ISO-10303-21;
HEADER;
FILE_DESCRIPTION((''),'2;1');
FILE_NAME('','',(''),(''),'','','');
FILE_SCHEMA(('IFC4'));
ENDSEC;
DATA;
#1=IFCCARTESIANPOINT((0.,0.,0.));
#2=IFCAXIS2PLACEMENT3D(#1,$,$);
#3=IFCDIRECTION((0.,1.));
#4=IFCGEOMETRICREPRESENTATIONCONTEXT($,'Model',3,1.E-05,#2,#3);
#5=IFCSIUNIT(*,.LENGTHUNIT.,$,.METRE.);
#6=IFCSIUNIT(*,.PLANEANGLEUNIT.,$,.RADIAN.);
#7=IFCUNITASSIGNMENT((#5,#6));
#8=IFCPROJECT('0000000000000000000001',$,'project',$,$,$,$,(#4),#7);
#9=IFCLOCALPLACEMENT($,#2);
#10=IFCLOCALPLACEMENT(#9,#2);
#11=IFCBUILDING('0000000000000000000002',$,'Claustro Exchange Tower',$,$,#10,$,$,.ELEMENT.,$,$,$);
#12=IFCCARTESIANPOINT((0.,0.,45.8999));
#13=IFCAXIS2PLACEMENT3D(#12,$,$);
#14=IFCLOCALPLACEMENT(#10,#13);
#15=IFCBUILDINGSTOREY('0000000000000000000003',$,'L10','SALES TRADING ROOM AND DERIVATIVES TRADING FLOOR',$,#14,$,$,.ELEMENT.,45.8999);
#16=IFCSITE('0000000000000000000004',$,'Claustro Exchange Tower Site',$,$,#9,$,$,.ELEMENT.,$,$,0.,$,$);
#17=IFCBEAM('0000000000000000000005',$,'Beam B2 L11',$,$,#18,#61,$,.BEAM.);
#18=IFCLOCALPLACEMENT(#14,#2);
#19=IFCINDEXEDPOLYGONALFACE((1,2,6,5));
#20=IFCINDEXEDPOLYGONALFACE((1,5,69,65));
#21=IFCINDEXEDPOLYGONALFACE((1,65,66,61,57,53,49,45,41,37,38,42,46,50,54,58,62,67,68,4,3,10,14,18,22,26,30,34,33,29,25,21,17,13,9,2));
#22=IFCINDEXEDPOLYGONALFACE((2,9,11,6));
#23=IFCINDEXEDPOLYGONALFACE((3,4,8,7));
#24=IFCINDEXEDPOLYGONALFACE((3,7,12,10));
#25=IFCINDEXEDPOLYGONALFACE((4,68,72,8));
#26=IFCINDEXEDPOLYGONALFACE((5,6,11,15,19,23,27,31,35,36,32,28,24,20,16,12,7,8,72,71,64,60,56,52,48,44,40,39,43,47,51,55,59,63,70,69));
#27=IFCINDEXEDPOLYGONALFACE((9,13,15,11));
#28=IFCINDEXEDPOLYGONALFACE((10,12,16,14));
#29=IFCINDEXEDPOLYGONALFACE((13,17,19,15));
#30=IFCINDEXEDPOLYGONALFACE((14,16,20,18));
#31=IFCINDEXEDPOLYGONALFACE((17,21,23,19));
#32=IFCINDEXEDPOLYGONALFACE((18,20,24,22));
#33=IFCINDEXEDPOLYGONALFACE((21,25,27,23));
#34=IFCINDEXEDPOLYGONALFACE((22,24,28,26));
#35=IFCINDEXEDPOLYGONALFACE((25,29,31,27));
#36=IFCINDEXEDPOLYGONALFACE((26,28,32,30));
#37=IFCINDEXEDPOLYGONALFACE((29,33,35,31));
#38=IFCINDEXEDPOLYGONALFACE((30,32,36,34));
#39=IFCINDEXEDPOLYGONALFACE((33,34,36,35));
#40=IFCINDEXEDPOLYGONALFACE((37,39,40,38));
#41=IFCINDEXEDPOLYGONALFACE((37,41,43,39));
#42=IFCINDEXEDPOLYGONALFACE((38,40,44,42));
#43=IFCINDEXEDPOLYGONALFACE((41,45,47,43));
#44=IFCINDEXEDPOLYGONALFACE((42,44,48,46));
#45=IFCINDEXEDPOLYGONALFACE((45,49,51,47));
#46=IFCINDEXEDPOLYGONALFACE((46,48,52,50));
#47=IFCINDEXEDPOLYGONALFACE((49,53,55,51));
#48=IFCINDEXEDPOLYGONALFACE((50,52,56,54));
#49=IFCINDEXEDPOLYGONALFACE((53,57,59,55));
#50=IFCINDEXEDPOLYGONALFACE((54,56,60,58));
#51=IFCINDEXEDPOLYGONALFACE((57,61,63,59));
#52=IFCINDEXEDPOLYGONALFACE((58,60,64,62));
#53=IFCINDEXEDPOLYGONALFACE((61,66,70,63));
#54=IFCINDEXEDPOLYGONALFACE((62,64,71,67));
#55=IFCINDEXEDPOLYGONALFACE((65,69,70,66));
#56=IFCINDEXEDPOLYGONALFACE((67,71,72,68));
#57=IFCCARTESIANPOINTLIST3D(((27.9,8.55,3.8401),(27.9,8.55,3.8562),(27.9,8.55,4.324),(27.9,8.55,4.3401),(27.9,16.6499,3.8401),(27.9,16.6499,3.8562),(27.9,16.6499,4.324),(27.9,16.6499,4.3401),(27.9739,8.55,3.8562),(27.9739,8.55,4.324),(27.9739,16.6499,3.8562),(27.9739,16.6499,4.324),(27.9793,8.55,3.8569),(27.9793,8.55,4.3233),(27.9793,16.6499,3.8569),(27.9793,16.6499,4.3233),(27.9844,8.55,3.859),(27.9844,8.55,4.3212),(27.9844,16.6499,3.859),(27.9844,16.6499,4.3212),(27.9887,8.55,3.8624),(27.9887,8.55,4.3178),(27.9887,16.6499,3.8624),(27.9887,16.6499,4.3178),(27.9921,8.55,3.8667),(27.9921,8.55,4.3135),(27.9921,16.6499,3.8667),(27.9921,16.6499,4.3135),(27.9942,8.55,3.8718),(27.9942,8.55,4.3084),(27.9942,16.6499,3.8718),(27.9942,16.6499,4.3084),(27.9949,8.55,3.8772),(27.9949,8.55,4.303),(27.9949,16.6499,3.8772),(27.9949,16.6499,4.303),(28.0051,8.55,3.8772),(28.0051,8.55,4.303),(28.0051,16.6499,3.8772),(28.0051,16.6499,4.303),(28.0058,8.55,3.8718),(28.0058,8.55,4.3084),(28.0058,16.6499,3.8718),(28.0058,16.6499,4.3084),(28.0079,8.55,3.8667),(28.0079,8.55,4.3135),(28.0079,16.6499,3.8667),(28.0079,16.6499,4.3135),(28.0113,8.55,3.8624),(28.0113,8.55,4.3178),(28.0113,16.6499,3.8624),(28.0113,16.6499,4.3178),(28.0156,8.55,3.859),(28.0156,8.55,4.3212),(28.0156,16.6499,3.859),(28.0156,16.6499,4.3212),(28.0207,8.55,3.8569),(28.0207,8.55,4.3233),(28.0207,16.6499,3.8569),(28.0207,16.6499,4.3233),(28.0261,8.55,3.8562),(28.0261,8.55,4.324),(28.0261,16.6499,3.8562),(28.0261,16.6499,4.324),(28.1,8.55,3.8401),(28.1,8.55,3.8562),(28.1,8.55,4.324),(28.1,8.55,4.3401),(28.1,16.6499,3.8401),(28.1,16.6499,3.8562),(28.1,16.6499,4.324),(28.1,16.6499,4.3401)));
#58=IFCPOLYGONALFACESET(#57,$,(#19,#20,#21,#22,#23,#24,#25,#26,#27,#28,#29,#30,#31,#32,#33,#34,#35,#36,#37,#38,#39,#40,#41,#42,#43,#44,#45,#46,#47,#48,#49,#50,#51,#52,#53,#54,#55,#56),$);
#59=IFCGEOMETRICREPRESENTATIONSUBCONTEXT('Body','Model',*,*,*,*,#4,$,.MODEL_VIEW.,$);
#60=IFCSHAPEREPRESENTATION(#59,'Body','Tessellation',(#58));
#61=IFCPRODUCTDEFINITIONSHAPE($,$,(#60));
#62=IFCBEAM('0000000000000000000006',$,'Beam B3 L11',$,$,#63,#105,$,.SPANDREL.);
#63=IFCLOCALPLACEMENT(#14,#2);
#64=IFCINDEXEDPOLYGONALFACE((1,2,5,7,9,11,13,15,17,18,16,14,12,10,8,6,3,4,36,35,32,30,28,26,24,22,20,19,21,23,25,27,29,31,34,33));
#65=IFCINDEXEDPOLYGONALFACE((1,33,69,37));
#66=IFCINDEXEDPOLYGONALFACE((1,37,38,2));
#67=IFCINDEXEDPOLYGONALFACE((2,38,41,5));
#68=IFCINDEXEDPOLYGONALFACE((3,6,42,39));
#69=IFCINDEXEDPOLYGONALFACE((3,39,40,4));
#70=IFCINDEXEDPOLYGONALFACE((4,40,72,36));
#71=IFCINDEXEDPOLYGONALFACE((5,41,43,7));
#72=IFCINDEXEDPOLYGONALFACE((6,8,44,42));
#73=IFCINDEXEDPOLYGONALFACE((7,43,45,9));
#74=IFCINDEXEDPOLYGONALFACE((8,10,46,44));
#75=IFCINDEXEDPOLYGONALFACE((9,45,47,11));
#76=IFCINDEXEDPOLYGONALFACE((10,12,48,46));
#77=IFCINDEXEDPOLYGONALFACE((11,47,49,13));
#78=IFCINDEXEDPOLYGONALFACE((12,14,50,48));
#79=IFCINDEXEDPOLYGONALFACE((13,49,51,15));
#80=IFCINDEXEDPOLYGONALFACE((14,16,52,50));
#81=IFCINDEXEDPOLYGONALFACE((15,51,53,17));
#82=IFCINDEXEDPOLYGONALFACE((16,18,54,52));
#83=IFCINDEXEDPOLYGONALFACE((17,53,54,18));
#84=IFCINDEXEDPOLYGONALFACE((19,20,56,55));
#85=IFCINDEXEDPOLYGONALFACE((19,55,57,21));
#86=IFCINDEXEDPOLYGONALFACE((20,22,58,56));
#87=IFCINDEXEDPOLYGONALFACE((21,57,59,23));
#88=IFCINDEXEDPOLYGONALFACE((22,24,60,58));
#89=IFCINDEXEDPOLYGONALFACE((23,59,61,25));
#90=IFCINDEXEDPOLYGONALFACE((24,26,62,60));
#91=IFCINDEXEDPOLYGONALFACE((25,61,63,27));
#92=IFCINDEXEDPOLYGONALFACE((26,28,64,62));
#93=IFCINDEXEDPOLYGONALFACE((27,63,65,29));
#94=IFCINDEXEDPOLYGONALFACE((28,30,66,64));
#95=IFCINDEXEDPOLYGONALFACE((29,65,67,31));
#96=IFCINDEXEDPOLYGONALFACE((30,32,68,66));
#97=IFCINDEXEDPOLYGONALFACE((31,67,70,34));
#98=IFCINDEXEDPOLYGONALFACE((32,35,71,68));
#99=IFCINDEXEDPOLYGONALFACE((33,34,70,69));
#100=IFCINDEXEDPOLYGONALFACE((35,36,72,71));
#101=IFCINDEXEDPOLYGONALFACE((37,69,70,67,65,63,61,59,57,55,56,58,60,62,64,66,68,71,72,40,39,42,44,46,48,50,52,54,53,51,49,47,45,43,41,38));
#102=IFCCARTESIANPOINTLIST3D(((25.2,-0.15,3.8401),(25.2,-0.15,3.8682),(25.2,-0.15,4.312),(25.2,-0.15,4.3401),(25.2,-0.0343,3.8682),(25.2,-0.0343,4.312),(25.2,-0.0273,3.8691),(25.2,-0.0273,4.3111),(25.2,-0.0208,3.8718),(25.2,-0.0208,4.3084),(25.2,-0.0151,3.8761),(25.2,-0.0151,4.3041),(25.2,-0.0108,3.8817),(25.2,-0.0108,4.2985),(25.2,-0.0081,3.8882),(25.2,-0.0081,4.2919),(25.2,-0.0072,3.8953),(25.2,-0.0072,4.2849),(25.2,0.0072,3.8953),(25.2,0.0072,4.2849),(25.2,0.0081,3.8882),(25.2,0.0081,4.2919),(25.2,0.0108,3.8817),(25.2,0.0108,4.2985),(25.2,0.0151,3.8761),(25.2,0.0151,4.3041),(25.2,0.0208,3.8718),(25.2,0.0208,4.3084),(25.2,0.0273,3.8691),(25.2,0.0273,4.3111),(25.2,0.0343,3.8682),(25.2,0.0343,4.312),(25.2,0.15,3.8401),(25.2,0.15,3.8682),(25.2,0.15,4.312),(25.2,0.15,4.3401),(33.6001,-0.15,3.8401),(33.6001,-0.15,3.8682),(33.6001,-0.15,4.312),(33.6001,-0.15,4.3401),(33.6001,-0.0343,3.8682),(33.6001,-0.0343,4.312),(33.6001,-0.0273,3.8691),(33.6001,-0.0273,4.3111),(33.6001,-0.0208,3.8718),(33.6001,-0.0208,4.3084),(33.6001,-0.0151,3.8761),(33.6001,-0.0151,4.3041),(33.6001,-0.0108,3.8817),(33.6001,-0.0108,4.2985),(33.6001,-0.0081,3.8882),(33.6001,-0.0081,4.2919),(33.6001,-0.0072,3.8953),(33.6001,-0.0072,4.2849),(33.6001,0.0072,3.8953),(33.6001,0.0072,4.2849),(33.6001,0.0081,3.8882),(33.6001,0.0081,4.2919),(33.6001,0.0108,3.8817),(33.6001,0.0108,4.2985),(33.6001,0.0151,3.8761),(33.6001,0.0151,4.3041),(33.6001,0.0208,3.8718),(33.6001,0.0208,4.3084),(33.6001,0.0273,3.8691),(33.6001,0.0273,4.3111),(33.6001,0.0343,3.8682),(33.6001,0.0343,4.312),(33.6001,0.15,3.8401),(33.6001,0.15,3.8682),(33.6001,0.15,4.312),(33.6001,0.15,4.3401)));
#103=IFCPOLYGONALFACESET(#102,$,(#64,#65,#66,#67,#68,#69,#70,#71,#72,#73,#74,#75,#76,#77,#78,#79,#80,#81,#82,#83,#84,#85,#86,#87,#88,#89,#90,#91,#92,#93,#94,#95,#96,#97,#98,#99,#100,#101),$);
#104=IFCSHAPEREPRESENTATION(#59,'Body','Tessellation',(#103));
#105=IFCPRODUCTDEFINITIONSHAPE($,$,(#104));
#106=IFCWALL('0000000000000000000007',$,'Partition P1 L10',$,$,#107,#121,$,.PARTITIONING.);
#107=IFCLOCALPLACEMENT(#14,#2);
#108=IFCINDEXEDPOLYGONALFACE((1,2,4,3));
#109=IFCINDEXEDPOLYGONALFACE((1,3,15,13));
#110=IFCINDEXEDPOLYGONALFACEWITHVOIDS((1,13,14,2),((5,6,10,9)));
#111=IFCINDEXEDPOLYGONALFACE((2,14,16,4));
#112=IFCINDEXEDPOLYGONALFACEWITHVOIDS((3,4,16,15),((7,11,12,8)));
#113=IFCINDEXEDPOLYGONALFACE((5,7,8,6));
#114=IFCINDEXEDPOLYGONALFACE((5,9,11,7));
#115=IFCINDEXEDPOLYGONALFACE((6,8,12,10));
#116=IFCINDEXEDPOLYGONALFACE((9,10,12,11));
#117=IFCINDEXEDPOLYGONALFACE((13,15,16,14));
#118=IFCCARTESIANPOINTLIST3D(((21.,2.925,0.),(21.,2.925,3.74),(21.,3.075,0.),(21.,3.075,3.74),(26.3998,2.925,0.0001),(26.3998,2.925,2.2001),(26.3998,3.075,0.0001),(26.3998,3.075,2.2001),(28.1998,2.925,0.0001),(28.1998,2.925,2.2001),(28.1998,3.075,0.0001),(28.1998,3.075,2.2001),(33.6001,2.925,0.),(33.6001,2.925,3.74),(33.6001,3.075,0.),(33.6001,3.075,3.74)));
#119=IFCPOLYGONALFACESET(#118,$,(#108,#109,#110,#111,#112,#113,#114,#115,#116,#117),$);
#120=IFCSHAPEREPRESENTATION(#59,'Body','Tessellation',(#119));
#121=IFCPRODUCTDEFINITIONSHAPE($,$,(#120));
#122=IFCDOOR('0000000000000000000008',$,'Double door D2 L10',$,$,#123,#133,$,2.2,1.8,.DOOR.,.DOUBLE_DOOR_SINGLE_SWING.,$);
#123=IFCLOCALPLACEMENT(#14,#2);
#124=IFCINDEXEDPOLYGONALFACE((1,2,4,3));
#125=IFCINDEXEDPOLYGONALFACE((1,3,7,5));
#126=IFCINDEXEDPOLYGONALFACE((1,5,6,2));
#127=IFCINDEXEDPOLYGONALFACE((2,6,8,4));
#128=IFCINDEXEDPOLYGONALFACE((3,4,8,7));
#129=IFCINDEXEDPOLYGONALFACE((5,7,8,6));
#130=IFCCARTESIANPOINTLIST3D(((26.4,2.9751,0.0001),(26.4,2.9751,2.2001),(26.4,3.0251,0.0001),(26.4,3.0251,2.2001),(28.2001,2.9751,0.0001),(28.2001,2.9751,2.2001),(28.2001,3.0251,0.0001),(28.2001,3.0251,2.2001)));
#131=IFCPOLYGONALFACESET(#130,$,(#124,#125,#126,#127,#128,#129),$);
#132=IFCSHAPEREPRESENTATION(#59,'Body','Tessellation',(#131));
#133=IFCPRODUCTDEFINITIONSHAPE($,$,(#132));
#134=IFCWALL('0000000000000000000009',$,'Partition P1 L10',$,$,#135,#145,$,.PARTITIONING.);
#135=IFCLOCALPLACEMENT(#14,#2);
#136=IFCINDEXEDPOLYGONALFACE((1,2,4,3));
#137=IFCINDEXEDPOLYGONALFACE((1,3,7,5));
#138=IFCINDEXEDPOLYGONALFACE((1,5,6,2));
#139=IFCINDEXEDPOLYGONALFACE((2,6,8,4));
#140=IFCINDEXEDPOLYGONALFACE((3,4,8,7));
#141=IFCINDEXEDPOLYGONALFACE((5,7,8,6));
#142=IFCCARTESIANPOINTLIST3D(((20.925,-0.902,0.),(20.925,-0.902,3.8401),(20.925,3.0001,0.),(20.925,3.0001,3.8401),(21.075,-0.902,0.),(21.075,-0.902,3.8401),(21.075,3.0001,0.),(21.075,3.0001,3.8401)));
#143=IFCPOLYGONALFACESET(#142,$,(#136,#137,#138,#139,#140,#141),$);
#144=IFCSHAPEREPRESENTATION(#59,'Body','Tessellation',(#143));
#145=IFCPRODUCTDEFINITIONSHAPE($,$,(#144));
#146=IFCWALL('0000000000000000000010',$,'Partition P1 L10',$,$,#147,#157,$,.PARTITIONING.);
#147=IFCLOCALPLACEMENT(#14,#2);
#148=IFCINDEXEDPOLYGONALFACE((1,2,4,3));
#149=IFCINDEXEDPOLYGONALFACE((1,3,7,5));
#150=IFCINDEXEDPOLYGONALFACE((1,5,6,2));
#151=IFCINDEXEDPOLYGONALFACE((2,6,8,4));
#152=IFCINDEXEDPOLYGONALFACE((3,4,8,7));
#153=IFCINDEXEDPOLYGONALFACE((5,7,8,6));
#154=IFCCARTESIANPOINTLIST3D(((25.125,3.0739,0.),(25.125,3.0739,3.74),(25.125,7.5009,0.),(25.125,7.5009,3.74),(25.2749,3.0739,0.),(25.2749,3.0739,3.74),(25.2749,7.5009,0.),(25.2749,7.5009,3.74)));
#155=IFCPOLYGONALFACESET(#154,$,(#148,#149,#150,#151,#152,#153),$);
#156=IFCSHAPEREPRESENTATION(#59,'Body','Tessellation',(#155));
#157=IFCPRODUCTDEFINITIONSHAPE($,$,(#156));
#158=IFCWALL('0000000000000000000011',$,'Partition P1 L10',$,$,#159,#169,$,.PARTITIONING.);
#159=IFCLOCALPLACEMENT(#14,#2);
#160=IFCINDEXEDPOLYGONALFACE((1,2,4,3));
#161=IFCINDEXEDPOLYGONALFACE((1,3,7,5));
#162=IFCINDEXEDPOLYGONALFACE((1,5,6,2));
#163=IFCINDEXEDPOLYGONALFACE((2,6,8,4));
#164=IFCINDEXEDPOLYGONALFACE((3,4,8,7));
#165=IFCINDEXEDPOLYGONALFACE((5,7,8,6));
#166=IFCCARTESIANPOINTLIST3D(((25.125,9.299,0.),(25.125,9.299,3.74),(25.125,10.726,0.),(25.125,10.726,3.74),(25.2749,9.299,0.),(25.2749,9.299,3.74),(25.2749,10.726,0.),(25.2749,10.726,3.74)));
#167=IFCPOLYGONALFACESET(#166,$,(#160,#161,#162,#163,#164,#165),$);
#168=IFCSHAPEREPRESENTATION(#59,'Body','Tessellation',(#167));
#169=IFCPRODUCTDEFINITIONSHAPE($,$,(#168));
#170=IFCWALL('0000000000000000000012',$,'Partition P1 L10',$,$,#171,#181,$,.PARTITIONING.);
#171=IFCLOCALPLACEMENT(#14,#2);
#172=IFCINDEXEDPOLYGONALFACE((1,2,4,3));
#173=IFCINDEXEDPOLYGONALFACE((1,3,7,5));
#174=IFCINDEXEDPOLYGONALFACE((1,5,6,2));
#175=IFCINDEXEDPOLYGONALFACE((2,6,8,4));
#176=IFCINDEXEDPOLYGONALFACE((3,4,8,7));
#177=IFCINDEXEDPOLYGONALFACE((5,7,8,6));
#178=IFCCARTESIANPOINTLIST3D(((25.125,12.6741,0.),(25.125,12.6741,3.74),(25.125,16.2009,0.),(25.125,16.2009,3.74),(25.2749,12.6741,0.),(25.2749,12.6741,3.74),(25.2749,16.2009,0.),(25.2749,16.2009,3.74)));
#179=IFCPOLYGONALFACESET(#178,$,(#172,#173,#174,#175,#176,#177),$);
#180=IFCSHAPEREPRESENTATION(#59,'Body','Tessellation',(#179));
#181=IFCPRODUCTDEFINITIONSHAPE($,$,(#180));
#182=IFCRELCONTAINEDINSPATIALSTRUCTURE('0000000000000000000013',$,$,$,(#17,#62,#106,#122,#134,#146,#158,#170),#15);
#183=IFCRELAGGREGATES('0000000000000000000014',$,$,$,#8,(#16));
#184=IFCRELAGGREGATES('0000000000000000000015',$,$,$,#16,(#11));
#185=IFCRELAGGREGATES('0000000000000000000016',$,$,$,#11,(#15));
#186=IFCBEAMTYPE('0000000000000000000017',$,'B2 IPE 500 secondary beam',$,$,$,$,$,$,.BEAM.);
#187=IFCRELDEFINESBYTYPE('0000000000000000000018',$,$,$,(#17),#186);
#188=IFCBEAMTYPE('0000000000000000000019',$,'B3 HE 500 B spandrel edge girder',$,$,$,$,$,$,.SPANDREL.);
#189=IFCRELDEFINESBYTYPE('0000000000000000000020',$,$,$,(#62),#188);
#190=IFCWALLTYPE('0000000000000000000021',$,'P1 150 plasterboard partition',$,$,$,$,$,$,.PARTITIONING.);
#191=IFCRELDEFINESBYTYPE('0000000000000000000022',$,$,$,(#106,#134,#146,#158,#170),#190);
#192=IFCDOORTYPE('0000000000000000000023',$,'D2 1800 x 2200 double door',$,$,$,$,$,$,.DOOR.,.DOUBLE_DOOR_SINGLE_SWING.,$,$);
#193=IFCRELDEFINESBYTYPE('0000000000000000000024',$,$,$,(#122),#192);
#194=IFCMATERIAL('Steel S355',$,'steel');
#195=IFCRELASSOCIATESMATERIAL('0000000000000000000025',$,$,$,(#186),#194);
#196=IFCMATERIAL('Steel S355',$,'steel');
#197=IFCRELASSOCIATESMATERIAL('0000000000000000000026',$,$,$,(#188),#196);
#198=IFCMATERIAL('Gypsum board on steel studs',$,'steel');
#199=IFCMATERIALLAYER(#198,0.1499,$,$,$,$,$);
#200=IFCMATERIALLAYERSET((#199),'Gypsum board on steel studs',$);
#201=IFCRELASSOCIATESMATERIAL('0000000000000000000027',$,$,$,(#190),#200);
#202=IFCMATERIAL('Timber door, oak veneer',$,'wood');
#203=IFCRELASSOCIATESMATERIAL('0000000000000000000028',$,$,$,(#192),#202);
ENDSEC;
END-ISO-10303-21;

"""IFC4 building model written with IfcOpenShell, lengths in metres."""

from ifc_helpers import new_model, si_unit, direction, frame, frame_2d, origin, origin_2d, place, context, subcontext, project, spatial, rectangle, i_section, extrude, material, layer, layer_set, material_profile, profile_set, type_object, element, fill, save


model = new_model("IFC4")

# Units and contexts
model_context = context("Model", 3, precision=1e-05, world=origin(), true_north=direction((0.0, 1.0)))
body_context = subcontext(model_context, "Body", "Model", "MODEL_VIEW")
ifc_project = project(units=[si_unit("LENGTHUNIT", "METRE"), si_unit("PLANEANGLEUNIT", "RADIAN")], contexts=[model_context])

# Site, building, storey
site_placement = place(None, origin())
site = spatial("IfcSite", under=ifc_project, at=site_placement, Name="Claustro Exchange Tower Site", CompositionType="ELEMENT", RefElevation=0.0)
building_placement = place(site_placement, origin())
building = spatial("IfcBuilding", under=site, at=building_placement, Name="Claustro Exchange Tower", CompositionType="ELEMENT")
storey_placement = place(building_placement, frame((0.0, 0.0, 45.8999)))
storey = spatial("IfcBuildingStorey", under=building, at=storey_placement, Name="L10", Description="SALES TRADING ROOM AND DERIVATIVES TRADING FLOOR", CompositionType="ELEMENT", Elevation=45.8999)

# Beams
ifc_material_1 = material(Name="Steel S355", Category="steel")
ifc_material_profile_1 = material_profile(ifc_material_1, i_section(OverallWidth=0.2, OverallDepth=0.5, WebThickness=0.0103, FlangeThickness=0.0161, FilletRadius=0.021, at=origin_2d()), Name="IPE 500")
ifc_profile_set_1 = profile_set([ifc_material_profile_1], Name="Steel S355")
beam_type_1 = type_object("IfcBeamType", Name="B2 IPE 500 secondary beam", PredefinedType="BEAM", material=ifc_profile_set_1)
beam_1_placement = place(storey_placement, frame((28.0, 8.55, 4.0901), z_axis=(0.0, 1.0, 0.0), x_axis=(-1.0, 0.0, 0.0)))
element("IfcBeam", 1, at=beam_1_placement, inside=storey, type_object=beam_type_1, Name="Beam B2 L11", PredefinedType="BEAM", context=body_context, shape_type="SweptSolid", body=[
    extrude(i_section(OverallWidth=0.2, OverallDepth=0.5, WebThickness=0.0103, FlangeThickness=0.0161, FilletRadius=0.021, at=origin_2d()), origin(), (0.0, 0.0, 1.0), 8.0999),
])
ifc_material_2 = material(Name="Steel S355", Category="steel")
ifc_material_profile_2 = material_profile(ifc_material_2, i_section(OverallWidth=0.3, OverallDepth=0.5, WebThickness=0.0144, FlangeThickness=0.0281, FilletRadius=0.0271, at=origin_2d()), Name="HE 500 B")
ifc_profile_set_2 = profile_set([ifc_material_profile_2], Name="Steel S355")
beam_type_2 = type_object("IfcBeamType", Name="B3 HE 500 B spandrel edge girder", PredefinedType="SPANDREL", material=ifc_profile_set_2)
beam_2_placement = place(storey_placement, frame((25.2, 0.0, 4.0901), z_axis=(1.0, 0.0, 0.0), x_axis=(0.0, 1.0, 0.0)))
element("IfcBeam", 2, at=beam_2_placement, inside=storey, type_object=beam_type_2, Name="Beam B3 L11", PredefinedType="SPANDREL", context=body_context, shape_type="SweptSolid", body=[
    extrude(i_section(OverallWidth=0.3, OverallDepth=0.5, WebThickness=0.0144, FlangeThickness=0.0281, FilletRadius=0.0271, at=origin_2d()), origin(), (0.0, 0.0, 1.0), 8.4001),
])

# Wall, opening, door
ifc_material_3 = material(Name="Gypsum board on steel studs", Category="steel")
ifc_layer_1 = layer(ifc_material_3, 0.1499)
ifc_layer_set_1 = layer_set([ifc_layer_1], Name="Gypsum board on steel studs")
wall_type_1 = type_object("IfcWallType", Name="P1 150 plasterboard partition", PredefinedType="PARTITIONING", material=ifc_layer_set_1)
wall_1_placement = place(storey_placement, frame((21.0, 3.0, 0.0), z_axis=(0.0, 0.0, 1.0), x_axis=(1.0, 0.0, 0.0)))
wall_1 = element("IfcWall", 3, at=wall_1_placement, inside=storey, type_object=wall_type_1, Name="Partition P1 L10", PredefinedType="PARTITIONING", context=body_context, shape_type="SweptSolid", body=[
    extrude(rectangle(XDim=12.6001, YDim=0.1499, at=frame_2d((6.3, 0.0))), origin(), (0.0, 0.0, 1.0), 3.74),
])
opening_1_placement = place(wall_1_placement, frame((5.3999, 0.0, 0.0)))
opening_1 = element("IfcOpeningElement", 4, at=opening_1_placement, cuts=wall_1, PredefinedType="OPENING", context=body_context, shape_type="SweptSolid", body=[
    extrude(rectangle(XDim=1.8, YDim=2.2, at=frame_2d((0.8999, 1.1001))), frame((0.0, 0.085, 0.0), z_axis=(0.0, -1.0, 0.0), x_axis=(1.0, 0.0, 0.0)), (0.0, 0.0, 1.0), 0.1699),
])
ifc_material_4 = material(Name="Timber door, oak veneer", Category="wood")
door_type = type_object("IfcDoorType", Name="D2 1800 x 2200 double door", OperationType="DOUBLE_DOOR_SINGLE_SWING", PredefinedType="DOOR", material=ifc_material_4)
door_placement = place(opening_1_placement, frame((1.8, 0.0, 0.0), z_axis=(0.0, 0.0, 1.0), x_axis=(-1.0, 0.0, 0.0)))
door = element("IfcDoor", 5, at=door_placement, inside=storey, type_object=door_type, Name="Double door D2 L10", OperationType="DOUBLE_DOOR_SINGLE_SWING", OverallHeight=2.2, OverallWidth=1.8, PredefinedType="DOOR", context=body_context, shape_type="SweptSolid", body=[
    extrude(rectangle(XDim=1.8, YDim=2.2, at=frame_2d((0.8999, 1.1001))), frame((0.0, 0.0249, 0.0), z_axis=(0.0, -1.0, 0.0), x_axis=(1.0, 0.0, 0.0)), (0.0, 0.0, 1.0), 0.05),
])
fill(opening_1, door)

# Walls
wall_2_placement = place(storey_placement, frame((21.0, -0.9021, 0.0), z_axis=(0.0, 0.0, 1.0), x_axis=(0.0, 1.0, 0.0)))
element("IfcWall", 6, at=wall_2_placement, inside=storey, type_object=wall_type_1, Name="Partition P1 L10", PredefinedType="PARTITIONING", context=body_context, shape_type="SweptSolid", body=[
    extrude(rectangle(XDim=3.9021, YDim=0.1499, at=frame_2d((1.9512, 0.0))), origin(), (0.0, 0.0, 1.0), 3.8401),
])
wall_3_placement = place(storey_placement, frame((25.2, 3.074, 0.0), z_axis=(0.0, 0.0, 1.0), x_axis=(0.0, 1.0, 0.0)))
element("IfcWall", 7, at=wall_3_placement, inside=storey, type_object=wall_type_1, Name="Partition P1 L10", PredefinedType="PARTITIONING", context=body_context, shape_type="SweptSolid", body=[
    extrude(rectangle(XDim=4.427, YDim=0.1499, at=frame_2d((2.2134, 0.0))), origin(), (0.0, 0.0, 1.0), 3.74),
])
wall_4_placement = place(storey_placement, frame((25.2, 9.2991, 0.0), z_axis=(0.0, 0.0, 1.0), x_axis=(0.0, 1.0, 0.0)))
element("IfcWall", 8, at=wall_4_placement, inside=storey, type_object=wall_type_1, Name="Partition P1 L10", PredefinedType="PARTITIONING", context=body_context, shape_type="SweptSolid", body=[
    extrude(rectangle(XDim=1.427, YDim=0.1499, at=frame_2d((0.7134, 0.0))), origin(), (0.0, 0.0, 1.0), 3.74),
])
wall_5_placement = place(storey_placement, frame((25.2, 12.6741, 0.0), z_axis=(0.0, 0.0, 1.0), x_axis=(0.0, 1.0, 0.0)))
element("IfcWall", 9, at=wall_5_placement, inside=storey, type_object=wall_type_1, Name="Partition P1 L10", PredefinedType="PARTITIONING", context=body_context, shape_type="SweptSolid", body=[
    extrude(rectangle(XDim=3.5269, YDim=0.1499, at=frame_2d((1.7634, 0.0))), origin(), (0.0, 0.0, 1.0), 3.74),
])

save(model, "model.ifc")
